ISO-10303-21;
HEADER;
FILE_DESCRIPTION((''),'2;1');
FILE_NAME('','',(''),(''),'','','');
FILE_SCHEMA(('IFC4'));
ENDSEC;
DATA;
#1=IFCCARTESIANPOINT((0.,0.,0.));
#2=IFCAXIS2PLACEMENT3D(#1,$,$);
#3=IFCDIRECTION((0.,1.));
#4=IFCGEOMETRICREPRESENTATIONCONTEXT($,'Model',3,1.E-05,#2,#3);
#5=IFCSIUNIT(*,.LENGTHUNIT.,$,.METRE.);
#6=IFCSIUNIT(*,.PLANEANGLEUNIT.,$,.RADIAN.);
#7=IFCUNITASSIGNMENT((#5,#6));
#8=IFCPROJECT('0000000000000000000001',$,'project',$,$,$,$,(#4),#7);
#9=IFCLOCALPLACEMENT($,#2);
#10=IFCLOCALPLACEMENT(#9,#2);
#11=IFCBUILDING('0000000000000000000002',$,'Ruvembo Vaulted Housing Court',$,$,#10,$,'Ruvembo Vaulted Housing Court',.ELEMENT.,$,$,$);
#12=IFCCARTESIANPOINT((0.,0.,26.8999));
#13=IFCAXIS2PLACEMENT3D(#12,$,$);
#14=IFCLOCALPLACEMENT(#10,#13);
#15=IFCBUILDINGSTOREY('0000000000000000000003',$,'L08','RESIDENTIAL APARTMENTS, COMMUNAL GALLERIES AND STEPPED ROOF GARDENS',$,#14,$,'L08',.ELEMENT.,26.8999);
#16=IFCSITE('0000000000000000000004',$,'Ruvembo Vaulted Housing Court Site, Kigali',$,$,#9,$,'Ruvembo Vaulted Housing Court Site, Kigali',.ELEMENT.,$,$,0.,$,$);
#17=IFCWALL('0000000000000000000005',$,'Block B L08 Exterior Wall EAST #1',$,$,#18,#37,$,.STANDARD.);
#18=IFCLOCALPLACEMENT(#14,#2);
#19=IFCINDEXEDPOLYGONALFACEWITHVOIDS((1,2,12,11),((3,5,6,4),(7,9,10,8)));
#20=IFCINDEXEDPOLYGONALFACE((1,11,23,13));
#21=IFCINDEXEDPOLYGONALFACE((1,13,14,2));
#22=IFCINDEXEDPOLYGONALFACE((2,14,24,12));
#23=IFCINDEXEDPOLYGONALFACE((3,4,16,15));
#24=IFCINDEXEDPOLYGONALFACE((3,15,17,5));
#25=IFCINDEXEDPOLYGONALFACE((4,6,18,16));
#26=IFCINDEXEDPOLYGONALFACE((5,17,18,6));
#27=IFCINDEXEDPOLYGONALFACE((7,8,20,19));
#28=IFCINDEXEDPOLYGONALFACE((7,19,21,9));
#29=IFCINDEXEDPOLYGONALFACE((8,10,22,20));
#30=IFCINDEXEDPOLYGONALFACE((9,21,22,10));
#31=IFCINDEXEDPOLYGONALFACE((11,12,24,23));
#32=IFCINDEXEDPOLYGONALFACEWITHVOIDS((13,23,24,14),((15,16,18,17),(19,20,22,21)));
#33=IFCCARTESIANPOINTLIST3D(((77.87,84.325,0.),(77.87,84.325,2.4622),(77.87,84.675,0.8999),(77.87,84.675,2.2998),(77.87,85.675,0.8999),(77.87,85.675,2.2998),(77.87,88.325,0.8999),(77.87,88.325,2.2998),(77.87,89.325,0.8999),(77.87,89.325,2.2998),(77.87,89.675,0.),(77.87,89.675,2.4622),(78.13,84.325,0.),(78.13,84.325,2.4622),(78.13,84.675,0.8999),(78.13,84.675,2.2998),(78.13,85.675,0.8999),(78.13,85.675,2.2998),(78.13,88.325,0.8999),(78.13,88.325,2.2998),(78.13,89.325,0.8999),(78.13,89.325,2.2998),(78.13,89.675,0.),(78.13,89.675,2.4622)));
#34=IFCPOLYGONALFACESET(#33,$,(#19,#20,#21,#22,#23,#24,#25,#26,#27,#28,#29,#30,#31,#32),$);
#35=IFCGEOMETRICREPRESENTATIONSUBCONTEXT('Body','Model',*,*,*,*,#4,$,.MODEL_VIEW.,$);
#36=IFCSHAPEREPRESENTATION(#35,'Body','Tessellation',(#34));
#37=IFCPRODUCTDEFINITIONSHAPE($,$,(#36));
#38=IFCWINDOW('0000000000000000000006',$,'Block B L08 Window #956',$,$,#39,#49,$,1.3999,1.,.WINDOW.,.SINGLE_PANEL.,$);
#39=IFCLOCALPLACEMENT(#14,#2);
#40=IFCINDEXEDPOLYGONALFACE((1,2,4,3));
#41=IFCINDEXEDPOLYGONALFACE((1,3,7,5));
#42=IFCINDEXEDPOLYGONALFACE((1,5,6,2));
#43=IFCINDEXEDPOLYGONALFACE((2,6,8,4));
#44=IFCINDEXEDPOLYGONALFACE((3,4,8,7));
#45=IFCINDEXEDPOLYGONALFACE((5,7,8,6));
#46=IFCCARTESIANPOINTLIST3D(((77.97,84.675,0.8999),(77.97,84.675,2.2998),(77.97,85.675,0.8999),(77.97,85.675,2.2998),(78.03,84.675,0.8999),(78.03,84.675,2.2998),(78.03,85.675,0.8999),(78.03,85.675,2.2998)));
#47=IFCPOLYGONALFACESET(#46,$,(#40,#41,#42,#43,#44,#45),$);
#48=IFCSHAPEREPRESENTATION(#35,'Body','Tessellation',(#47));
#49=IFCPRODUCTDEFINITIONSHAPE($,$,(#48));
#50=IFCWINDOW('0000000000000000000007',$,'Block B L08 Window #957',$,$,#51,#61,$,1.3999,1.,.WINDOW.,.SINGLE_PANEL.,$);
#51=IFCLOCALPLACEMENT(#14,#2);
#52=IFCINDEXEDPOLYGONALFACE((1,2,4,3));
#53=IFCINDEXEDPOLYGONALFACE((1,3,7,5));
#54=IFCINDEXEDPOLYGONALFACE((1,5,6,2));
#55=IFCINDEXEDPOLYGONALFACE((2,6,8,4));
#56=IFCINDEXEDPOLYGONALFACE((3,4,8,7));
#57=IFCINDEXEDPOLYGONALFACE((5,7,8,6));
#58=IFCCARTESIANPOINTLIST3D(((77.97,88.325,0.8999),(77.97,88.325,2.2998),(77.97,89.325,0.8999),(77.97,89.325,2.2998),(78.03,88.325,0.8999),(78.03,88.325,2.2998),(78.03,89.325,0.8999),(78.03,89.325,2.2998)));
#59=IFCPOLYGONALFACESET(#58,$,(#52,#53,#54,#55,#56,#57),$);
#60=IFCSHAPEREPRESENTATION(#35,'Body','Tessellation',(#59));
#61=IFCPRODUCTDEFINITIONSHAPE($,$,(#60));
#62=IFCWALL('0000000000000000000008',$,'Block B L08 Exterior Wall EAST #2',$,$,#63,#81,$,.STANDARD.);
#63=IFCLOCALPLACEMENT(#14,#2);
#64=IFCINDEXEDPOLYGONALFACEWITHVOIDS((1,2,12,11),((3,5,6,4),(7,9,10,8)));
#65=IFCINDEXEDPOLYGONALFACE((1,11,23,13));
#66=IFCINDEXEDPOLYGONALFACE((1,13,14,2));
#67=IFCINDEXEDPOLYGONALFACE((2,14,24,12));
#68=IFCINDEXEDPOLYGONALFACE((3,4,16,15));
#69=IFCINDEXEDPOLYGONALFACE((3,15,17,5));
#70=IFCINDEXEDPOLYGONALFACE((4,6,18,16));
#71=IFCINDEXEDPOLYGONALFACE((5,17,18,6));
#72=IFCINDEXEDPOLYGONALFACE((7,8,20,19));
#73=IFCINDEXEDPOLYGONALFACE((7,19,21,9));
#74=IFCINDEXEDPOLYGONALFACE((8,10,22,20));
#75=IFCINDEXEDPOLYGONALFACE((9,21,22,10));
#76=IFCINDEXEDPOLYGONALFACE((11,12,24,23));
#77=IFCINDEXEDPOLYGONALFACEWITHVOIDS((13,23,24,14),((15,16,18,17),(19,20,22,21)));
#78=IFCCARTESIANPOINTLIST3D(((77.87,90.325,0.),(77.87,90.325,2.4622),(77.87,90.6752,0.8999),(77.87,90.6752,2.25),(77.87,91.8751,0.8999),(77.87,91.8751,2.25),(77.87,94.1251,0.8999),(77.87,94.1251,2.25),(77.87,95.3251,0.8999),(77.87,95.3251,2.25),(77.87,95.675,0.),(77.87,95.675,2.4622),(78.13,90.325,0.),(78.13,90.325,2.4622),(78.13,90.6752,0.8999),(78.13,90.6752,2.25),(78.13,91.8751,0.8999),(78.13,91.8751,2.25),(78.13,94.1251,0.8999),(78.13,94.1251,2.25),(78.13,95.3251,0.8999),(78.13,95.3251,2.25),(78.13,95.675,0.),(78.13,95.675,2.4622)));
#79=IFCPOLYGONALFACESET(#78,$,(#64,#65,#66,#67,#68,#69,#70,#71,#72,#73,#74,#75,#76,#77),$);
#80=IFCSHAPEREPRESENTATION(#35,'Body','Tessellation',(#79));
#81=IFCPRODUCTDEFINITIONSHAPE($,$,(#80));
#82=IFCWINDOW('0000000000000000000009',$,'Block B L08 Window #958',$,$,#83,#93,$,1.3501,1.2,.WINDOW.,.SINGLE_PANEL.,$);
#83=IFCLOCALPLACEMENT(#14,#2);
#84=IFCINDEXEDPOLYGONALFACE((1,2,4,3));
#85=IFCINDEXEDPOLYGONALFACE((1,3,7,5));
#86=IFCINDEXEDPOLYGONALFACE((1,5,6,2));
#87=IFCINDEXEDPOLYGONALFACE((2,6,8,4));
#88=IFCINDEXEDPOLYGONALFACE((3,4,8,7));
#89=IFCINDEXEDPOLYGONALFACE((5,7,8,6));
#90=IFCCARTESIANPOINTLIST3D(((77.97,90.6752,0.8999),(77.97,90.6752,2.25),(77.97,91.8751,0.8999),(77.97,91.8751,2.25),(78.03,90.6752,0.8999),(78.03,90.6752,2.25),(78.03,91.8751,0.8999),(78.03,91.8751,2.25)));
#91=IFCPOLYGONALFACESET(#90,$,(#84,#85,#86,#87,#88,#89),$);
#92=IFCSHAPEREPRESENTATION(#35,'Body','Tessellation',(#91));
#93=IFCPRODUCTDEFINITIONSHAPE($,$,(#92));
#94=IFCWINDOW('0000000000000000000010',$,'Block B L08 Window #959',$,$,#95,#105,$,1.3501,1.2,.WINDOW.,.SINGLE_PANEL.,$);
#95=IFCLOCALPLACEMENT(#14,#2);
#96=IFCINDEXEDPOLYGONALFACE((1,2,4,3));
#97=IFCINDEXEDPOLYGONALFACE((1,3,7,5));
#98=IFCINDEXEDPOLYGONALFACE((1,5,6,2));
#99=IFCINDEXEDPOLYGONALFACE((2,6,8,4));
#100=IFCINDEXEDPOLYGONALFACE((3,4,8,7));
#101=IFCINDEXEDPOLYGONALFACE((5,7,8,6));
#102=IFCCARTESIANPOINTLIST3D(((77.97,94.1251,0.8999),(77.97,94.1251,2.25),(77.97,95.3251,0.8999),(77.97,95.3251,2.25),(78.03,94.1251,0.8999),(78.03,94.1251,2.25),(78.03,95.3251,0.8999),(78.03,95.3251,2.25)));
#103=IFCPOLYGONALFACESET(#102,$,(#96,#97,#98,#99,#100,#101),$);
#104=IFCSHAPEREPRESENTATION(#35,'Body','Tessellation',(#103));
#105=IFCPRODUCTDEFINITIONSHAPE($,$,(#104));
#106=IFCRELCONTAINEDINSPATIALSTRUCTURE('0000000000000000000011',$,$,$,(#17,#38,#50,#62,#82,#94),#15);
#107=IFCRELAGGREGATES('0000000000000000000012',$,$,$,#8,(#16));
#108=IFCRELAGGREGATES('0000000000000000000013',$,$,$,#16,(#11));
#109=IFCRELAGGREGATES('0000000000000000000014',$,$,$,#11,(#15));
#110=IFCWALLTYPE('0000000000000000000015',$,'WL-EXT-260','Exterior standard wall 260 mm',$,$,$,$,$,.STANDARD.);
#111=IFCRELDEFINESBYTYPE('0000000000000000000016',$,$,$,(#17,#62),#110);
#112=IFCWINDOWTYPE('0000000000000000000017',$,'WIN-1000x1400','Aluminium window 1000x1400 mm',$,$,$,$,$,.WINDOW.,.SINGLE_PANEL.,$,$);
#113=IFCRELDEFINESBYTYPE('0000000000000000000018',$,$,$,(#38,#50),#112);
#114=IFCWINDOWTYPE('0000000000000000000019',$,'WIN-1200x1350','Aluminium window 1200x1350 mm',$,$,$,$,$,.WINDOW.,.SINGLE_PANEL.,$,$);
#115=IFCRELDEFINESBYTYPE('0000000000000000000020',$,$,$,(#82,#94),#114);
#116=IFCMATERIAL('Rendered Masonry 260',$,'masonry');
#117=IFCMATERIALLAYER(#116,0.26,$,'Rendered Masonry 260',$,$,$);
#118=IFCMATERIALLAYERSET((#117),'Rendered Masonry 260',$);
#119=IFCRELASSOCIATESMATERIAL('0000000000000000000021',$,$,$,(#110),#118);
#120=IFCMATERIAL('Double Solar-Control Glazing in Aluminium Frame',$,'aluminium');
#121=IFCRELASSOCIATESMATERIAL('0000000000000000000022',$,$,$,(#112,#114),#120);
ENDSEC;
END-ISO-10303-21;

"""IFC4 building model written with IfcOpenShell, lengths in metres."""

from ifc_helpers import new_model, si_unit, direction, frame, frame_2d, origin, place, context, subcontext, project, spatial, rectangle, extrude, material, layer, layer_set, type_object, element, fill, save


model = new_model("IFC4")

# Units and contexts
model_context = context("Model", 3, precision=1e-05, world=origin(), true_north=direction((0.0, 1.0)))
body_context = subcontext(model_context, "Body", "Model", "MODEL_VIEW")
ifc_project = project(units=[si_unit("LENGTHUNIT", "METRE"), si_unit("PLANEANGLEUNIT", "RADIAN")], contexts=[model_context])

# Site, building, storey
site_placement = place(None, origin())
site = spatial("IfcSite", under=ifc_project, at=site_placement, Name="Ruvembo Vaulted Housing Court Site, Kigali", LongName="Ruvembo Vaulted Housing Court Site, Kigali", CompositionType="ELEMENT", RefElevation=0.0)
building_placement = place(site_placement, origin())
building = spatial("IfcBuilding", under=site, at=building_placement, Name="Ruvembo Vaulted Housing Court", LongName="Ruvembo Vaulted Housing Court", CompositionType="ELEMENT")
storey_placement = place(building_placement, frame((0.0, 0.0, 26.8999)))
storey = spatial("IfcBuildingStorey", under=building, at=storey_placement, Name="L08", Description="RESIDENTIAL APARTMENTS, COMMUNAL GALLERIES AND STEPPED ROOF GARDENS", LongName="L08", CompositionType="ELEMENT", Elevation=26.8999)

# Walls, openings, windows
ifc_material_1 = material(Name="Rendered Masonry 260", Category="masonry")
ifc_layer_1 = layer(ifc_material_1, 0.26, Name="Rendered Masonry 260")
ifc_layer_set_1 = layer_set([ifc_layer_1], Name="Rendered Masonry 260")
wall_type_1 = type_object("IfcWallType", Name="WL-EXT-260", Description="Exterior standard wall 260 mm", PredefinedType="STANDARD", material=ifc_layer_set_1)
wall_1_placement = place(storey_placement, frame((78.0, 84.325, 0.0), z_axis=(0.0, 0.0, 1.0), x_axis=(0.0, 1.0, 0.0)))
wall_1 = element("IfcWall", 1, at=wall_1_placement, inside=storey, type_object=wall_type_1, Name="Block B L08 Exterior Wall EAST #1", PredefinedType="STANDARD", context=body_context, shape_type="SweptSolid", body=[
    extrude(rectangle(XDim=5.3501, YDim=0.26, at=frame_2d((2.675, 0.0))), origin(), (0.0, 0.0, 1.0), 2.4622),
])
opening_1_placement = place(wall_1_placement, frame((0.3501, 0.0, 0.8999)))
opening_1 = element("IfcOpeningElement", 2, at=opening_1_placement, cuts=wall_1, PredefinedType="OPENING", context=body_context, shape_type="SweptSolid", body=[
    extrude(rectangle(XDim=1.0, YDim=1.3999, at=frame_2d((0.5, 0.7))), frame((0.0, 0.1399, 0.0), z_axis=(0.0, -1.0, 0.0), x_axis=(1.0, 0.0, 0.0)), (0.0, 0.0, 1.0), 0.28),
])
opening_2_placement = place(wall_1_placement, frame((4.0, 0.0, 0.8999)))
opening_2 = element("IfcOpeningElement", 3, at=opening_2_placement, cuts=wall_1, PredefinedType="OPENING", context=body_context, shape_type="SweptSolid", body=[
    extrude(rectangle(XDim=1.0, YDim=1.3999, at=frame_2d((0.5, 0.7))), frame((0.0, 0.1399, 0.0), z_axis=(0.0, -1.0, 0.0), x_axis=(1.0, 0.0, 0.0)), (0.0, 0.0, 1.0), 0.28),
])
ifc_material_2 = material(Name="Double Solar-Control Glazing in Aluminium Frame", Category="aluminium")
window_type_1 = type_object("IfcWindowType", Name="WIN-1000x1400", Description="Aluminium window 1000x1400 mm", PartitioningType="SINGLE_PANEL", PredefinedType="WINDOW", material=ifc_material_2)
window_1_placement = place(opening_1_placement, origin())
window_1 = element("IfcWindow", 4, at=window_1_placement, inside=storey, type_object=window_type_1, Name="Block B L08 Window #956", OverallHeight=1.3999, OverallWidth=1.0, PartitioningType="SINGLE_PANEL", PredefinedType="WINDOW", context=body_context, shape_type="SweptSolid", body=[
    extrude(rectangle(XDim=1.0, YDim=1.3999, at=frame_2d((0.5, 0.7))), frame((0.0, 0.03, 0.0), z_axis=(0.0, -1.0, 0.0), x_axis=(1.0, 0.0, 0.0)), (0.0, 0.0, 1.0), 0.0601),
])
fill(opening_1, window_1)
window_2_placement = place(opening_2_placement, origin())
window_2 = element("IfcWindow", 5, at=window_2_placement, inside=storey, type_object=window_type_1, Name="Block B L08 Window #957", OverallHeight=1.3999, OverallWidth=1.0, PartitioningType="SINGLE_PANEL", PredefinedType="WINDOW", context=body_context, shape_type="SweptSolid", body=[
    extrude(rectangle(XDim=1.0, YDim=1.3999, at=frame_2d((0.5, 0.7))), frame((0.0, 0.03, 0.0), z_axis=(0.0, -1.0, 0.0), x_axis=(1.0, 0.0, 0.0)), (0.0, 0.0, 1.0), 0.0601),
])
fill(opening_2, window_2)
wall_2_placement = place(storey_placement, frame((78.0, 90.325, 0.0), z_axis=(0.0, 0.0, 1.0), x_axis=(0.0, 1.0, 0.0)))
wall_2 = element("IfcWall", 6, at=wall_2_placement, inside=storey, type_object=wall_type_1, Name="Block B L08 Exterior Wall EAST #2", PredefinedType="STANDARD", context=body_context, shape_type="SweptSolid", body=[
    extrude(rectangle(XDim=5.3501, YDim=0.26, at=frame_2d((2.675, 0.0))), origin(), (0.0, 0.0, 1.0), 2.4622),
])
opening_3_placement = place(wall_2_placement, frame((0.3501, 0.0, 0.8999)))
opening_3 = element("IfcOpeningElement", 7, at=opening_3_placement, cuts=wall_2, PredefinedType="OPENING", context=body_context, shape_type="SweptSolid", body=[
    extrude(rectangle(XDim=1.2, YDim=1.3501, at=frame_2d((0.6001, 0.675))), frame((0.0, 0.1399, 0.0), z_axis=(0.0, -1.0, 0.0), x_axis=(1.0, 0.0, 0.0)), (0.0, 0.0, 1.0), 0.28),
])
opening_4_placement = place(wall_2_placement, frame((3.8, 0.0, 0.8999)))
opening_4 = element("IfcOpeningElement", 8, at=opening_4_placement, cuts=wall_2, PredefinedType="OPENING", context=body_context, shape_type="SweptSolid", body=[
    extrude(rectangle(XDim=1.2, YDim=1.3501, at=frame_2d((0.6001, 0.675))), frame((0.0, 0.1399, 0.0), z_axis=(0.0, -1.0, 0.0), x_axis=(1.0, 0.0, 0.0)), (0.0, 0.0, 1.0), 0.28),
])
window_type_2 = type_object("IfcWindowType", Name="WIN-1200x1350", Description="Aluminium window 1200x1350 mm", PartitioningType="SINGLE_PANEL", PredefinedType="WINDOW", material=ifc_material_2)
window_3_placement = place(opening_3_placement, origin())
window_3 = element("IfcWindow", 9, at=window_3_placement, inside=storey, type_object=window_type_2, Name="Block B L08 Window #958", OverallHeight=1.3501, OverallWidth=1.2, PartitioningType="SINGLE_PANEL", PredefinedType="WINDOW", context=body_context, shape_type="SweptSolid", body=[
    extrude(rectangle(XDim=1.2, YDim=1.3501, at=frame_2d((0.6001, 0.675))), frame((0.0, 0.03, 0.0), z_axis=(0.0, -1.0, 0.0), x_axis=(1.0, 0.0, 0.0)), (0.0, 0.0, 1.0), 0.0601),
])
fill(opening_3, window_3)
window_4_placement = place(opening_4_placement, origin())
window_4 = element("IfcWindow", 10, at=window_4_placement, inside=storey, type_object=window_type_2, Name="Block B L08 Window #959", OverallHeight=1.3501, OverallWidth=1.2, PartitioningType="SINGLE_PANEL", PredefinedType="WINDOW", context=body_context, shape_type="SweptSolid", body=[
    extrude(rectangle(XDim=1.2, YDim=1.3501, at=frame_2d((0.6001, 0.675))), frame((0.0, 0.03, 0.0), z_axis=(0.0, -1.0, 0.0), x_axis=(1.0, 0.0, 0.0)), (0.0, 0.0, 1.0), 0.0601),
])
fill(opening_4, window_4)

save(model, "model.ifc")
